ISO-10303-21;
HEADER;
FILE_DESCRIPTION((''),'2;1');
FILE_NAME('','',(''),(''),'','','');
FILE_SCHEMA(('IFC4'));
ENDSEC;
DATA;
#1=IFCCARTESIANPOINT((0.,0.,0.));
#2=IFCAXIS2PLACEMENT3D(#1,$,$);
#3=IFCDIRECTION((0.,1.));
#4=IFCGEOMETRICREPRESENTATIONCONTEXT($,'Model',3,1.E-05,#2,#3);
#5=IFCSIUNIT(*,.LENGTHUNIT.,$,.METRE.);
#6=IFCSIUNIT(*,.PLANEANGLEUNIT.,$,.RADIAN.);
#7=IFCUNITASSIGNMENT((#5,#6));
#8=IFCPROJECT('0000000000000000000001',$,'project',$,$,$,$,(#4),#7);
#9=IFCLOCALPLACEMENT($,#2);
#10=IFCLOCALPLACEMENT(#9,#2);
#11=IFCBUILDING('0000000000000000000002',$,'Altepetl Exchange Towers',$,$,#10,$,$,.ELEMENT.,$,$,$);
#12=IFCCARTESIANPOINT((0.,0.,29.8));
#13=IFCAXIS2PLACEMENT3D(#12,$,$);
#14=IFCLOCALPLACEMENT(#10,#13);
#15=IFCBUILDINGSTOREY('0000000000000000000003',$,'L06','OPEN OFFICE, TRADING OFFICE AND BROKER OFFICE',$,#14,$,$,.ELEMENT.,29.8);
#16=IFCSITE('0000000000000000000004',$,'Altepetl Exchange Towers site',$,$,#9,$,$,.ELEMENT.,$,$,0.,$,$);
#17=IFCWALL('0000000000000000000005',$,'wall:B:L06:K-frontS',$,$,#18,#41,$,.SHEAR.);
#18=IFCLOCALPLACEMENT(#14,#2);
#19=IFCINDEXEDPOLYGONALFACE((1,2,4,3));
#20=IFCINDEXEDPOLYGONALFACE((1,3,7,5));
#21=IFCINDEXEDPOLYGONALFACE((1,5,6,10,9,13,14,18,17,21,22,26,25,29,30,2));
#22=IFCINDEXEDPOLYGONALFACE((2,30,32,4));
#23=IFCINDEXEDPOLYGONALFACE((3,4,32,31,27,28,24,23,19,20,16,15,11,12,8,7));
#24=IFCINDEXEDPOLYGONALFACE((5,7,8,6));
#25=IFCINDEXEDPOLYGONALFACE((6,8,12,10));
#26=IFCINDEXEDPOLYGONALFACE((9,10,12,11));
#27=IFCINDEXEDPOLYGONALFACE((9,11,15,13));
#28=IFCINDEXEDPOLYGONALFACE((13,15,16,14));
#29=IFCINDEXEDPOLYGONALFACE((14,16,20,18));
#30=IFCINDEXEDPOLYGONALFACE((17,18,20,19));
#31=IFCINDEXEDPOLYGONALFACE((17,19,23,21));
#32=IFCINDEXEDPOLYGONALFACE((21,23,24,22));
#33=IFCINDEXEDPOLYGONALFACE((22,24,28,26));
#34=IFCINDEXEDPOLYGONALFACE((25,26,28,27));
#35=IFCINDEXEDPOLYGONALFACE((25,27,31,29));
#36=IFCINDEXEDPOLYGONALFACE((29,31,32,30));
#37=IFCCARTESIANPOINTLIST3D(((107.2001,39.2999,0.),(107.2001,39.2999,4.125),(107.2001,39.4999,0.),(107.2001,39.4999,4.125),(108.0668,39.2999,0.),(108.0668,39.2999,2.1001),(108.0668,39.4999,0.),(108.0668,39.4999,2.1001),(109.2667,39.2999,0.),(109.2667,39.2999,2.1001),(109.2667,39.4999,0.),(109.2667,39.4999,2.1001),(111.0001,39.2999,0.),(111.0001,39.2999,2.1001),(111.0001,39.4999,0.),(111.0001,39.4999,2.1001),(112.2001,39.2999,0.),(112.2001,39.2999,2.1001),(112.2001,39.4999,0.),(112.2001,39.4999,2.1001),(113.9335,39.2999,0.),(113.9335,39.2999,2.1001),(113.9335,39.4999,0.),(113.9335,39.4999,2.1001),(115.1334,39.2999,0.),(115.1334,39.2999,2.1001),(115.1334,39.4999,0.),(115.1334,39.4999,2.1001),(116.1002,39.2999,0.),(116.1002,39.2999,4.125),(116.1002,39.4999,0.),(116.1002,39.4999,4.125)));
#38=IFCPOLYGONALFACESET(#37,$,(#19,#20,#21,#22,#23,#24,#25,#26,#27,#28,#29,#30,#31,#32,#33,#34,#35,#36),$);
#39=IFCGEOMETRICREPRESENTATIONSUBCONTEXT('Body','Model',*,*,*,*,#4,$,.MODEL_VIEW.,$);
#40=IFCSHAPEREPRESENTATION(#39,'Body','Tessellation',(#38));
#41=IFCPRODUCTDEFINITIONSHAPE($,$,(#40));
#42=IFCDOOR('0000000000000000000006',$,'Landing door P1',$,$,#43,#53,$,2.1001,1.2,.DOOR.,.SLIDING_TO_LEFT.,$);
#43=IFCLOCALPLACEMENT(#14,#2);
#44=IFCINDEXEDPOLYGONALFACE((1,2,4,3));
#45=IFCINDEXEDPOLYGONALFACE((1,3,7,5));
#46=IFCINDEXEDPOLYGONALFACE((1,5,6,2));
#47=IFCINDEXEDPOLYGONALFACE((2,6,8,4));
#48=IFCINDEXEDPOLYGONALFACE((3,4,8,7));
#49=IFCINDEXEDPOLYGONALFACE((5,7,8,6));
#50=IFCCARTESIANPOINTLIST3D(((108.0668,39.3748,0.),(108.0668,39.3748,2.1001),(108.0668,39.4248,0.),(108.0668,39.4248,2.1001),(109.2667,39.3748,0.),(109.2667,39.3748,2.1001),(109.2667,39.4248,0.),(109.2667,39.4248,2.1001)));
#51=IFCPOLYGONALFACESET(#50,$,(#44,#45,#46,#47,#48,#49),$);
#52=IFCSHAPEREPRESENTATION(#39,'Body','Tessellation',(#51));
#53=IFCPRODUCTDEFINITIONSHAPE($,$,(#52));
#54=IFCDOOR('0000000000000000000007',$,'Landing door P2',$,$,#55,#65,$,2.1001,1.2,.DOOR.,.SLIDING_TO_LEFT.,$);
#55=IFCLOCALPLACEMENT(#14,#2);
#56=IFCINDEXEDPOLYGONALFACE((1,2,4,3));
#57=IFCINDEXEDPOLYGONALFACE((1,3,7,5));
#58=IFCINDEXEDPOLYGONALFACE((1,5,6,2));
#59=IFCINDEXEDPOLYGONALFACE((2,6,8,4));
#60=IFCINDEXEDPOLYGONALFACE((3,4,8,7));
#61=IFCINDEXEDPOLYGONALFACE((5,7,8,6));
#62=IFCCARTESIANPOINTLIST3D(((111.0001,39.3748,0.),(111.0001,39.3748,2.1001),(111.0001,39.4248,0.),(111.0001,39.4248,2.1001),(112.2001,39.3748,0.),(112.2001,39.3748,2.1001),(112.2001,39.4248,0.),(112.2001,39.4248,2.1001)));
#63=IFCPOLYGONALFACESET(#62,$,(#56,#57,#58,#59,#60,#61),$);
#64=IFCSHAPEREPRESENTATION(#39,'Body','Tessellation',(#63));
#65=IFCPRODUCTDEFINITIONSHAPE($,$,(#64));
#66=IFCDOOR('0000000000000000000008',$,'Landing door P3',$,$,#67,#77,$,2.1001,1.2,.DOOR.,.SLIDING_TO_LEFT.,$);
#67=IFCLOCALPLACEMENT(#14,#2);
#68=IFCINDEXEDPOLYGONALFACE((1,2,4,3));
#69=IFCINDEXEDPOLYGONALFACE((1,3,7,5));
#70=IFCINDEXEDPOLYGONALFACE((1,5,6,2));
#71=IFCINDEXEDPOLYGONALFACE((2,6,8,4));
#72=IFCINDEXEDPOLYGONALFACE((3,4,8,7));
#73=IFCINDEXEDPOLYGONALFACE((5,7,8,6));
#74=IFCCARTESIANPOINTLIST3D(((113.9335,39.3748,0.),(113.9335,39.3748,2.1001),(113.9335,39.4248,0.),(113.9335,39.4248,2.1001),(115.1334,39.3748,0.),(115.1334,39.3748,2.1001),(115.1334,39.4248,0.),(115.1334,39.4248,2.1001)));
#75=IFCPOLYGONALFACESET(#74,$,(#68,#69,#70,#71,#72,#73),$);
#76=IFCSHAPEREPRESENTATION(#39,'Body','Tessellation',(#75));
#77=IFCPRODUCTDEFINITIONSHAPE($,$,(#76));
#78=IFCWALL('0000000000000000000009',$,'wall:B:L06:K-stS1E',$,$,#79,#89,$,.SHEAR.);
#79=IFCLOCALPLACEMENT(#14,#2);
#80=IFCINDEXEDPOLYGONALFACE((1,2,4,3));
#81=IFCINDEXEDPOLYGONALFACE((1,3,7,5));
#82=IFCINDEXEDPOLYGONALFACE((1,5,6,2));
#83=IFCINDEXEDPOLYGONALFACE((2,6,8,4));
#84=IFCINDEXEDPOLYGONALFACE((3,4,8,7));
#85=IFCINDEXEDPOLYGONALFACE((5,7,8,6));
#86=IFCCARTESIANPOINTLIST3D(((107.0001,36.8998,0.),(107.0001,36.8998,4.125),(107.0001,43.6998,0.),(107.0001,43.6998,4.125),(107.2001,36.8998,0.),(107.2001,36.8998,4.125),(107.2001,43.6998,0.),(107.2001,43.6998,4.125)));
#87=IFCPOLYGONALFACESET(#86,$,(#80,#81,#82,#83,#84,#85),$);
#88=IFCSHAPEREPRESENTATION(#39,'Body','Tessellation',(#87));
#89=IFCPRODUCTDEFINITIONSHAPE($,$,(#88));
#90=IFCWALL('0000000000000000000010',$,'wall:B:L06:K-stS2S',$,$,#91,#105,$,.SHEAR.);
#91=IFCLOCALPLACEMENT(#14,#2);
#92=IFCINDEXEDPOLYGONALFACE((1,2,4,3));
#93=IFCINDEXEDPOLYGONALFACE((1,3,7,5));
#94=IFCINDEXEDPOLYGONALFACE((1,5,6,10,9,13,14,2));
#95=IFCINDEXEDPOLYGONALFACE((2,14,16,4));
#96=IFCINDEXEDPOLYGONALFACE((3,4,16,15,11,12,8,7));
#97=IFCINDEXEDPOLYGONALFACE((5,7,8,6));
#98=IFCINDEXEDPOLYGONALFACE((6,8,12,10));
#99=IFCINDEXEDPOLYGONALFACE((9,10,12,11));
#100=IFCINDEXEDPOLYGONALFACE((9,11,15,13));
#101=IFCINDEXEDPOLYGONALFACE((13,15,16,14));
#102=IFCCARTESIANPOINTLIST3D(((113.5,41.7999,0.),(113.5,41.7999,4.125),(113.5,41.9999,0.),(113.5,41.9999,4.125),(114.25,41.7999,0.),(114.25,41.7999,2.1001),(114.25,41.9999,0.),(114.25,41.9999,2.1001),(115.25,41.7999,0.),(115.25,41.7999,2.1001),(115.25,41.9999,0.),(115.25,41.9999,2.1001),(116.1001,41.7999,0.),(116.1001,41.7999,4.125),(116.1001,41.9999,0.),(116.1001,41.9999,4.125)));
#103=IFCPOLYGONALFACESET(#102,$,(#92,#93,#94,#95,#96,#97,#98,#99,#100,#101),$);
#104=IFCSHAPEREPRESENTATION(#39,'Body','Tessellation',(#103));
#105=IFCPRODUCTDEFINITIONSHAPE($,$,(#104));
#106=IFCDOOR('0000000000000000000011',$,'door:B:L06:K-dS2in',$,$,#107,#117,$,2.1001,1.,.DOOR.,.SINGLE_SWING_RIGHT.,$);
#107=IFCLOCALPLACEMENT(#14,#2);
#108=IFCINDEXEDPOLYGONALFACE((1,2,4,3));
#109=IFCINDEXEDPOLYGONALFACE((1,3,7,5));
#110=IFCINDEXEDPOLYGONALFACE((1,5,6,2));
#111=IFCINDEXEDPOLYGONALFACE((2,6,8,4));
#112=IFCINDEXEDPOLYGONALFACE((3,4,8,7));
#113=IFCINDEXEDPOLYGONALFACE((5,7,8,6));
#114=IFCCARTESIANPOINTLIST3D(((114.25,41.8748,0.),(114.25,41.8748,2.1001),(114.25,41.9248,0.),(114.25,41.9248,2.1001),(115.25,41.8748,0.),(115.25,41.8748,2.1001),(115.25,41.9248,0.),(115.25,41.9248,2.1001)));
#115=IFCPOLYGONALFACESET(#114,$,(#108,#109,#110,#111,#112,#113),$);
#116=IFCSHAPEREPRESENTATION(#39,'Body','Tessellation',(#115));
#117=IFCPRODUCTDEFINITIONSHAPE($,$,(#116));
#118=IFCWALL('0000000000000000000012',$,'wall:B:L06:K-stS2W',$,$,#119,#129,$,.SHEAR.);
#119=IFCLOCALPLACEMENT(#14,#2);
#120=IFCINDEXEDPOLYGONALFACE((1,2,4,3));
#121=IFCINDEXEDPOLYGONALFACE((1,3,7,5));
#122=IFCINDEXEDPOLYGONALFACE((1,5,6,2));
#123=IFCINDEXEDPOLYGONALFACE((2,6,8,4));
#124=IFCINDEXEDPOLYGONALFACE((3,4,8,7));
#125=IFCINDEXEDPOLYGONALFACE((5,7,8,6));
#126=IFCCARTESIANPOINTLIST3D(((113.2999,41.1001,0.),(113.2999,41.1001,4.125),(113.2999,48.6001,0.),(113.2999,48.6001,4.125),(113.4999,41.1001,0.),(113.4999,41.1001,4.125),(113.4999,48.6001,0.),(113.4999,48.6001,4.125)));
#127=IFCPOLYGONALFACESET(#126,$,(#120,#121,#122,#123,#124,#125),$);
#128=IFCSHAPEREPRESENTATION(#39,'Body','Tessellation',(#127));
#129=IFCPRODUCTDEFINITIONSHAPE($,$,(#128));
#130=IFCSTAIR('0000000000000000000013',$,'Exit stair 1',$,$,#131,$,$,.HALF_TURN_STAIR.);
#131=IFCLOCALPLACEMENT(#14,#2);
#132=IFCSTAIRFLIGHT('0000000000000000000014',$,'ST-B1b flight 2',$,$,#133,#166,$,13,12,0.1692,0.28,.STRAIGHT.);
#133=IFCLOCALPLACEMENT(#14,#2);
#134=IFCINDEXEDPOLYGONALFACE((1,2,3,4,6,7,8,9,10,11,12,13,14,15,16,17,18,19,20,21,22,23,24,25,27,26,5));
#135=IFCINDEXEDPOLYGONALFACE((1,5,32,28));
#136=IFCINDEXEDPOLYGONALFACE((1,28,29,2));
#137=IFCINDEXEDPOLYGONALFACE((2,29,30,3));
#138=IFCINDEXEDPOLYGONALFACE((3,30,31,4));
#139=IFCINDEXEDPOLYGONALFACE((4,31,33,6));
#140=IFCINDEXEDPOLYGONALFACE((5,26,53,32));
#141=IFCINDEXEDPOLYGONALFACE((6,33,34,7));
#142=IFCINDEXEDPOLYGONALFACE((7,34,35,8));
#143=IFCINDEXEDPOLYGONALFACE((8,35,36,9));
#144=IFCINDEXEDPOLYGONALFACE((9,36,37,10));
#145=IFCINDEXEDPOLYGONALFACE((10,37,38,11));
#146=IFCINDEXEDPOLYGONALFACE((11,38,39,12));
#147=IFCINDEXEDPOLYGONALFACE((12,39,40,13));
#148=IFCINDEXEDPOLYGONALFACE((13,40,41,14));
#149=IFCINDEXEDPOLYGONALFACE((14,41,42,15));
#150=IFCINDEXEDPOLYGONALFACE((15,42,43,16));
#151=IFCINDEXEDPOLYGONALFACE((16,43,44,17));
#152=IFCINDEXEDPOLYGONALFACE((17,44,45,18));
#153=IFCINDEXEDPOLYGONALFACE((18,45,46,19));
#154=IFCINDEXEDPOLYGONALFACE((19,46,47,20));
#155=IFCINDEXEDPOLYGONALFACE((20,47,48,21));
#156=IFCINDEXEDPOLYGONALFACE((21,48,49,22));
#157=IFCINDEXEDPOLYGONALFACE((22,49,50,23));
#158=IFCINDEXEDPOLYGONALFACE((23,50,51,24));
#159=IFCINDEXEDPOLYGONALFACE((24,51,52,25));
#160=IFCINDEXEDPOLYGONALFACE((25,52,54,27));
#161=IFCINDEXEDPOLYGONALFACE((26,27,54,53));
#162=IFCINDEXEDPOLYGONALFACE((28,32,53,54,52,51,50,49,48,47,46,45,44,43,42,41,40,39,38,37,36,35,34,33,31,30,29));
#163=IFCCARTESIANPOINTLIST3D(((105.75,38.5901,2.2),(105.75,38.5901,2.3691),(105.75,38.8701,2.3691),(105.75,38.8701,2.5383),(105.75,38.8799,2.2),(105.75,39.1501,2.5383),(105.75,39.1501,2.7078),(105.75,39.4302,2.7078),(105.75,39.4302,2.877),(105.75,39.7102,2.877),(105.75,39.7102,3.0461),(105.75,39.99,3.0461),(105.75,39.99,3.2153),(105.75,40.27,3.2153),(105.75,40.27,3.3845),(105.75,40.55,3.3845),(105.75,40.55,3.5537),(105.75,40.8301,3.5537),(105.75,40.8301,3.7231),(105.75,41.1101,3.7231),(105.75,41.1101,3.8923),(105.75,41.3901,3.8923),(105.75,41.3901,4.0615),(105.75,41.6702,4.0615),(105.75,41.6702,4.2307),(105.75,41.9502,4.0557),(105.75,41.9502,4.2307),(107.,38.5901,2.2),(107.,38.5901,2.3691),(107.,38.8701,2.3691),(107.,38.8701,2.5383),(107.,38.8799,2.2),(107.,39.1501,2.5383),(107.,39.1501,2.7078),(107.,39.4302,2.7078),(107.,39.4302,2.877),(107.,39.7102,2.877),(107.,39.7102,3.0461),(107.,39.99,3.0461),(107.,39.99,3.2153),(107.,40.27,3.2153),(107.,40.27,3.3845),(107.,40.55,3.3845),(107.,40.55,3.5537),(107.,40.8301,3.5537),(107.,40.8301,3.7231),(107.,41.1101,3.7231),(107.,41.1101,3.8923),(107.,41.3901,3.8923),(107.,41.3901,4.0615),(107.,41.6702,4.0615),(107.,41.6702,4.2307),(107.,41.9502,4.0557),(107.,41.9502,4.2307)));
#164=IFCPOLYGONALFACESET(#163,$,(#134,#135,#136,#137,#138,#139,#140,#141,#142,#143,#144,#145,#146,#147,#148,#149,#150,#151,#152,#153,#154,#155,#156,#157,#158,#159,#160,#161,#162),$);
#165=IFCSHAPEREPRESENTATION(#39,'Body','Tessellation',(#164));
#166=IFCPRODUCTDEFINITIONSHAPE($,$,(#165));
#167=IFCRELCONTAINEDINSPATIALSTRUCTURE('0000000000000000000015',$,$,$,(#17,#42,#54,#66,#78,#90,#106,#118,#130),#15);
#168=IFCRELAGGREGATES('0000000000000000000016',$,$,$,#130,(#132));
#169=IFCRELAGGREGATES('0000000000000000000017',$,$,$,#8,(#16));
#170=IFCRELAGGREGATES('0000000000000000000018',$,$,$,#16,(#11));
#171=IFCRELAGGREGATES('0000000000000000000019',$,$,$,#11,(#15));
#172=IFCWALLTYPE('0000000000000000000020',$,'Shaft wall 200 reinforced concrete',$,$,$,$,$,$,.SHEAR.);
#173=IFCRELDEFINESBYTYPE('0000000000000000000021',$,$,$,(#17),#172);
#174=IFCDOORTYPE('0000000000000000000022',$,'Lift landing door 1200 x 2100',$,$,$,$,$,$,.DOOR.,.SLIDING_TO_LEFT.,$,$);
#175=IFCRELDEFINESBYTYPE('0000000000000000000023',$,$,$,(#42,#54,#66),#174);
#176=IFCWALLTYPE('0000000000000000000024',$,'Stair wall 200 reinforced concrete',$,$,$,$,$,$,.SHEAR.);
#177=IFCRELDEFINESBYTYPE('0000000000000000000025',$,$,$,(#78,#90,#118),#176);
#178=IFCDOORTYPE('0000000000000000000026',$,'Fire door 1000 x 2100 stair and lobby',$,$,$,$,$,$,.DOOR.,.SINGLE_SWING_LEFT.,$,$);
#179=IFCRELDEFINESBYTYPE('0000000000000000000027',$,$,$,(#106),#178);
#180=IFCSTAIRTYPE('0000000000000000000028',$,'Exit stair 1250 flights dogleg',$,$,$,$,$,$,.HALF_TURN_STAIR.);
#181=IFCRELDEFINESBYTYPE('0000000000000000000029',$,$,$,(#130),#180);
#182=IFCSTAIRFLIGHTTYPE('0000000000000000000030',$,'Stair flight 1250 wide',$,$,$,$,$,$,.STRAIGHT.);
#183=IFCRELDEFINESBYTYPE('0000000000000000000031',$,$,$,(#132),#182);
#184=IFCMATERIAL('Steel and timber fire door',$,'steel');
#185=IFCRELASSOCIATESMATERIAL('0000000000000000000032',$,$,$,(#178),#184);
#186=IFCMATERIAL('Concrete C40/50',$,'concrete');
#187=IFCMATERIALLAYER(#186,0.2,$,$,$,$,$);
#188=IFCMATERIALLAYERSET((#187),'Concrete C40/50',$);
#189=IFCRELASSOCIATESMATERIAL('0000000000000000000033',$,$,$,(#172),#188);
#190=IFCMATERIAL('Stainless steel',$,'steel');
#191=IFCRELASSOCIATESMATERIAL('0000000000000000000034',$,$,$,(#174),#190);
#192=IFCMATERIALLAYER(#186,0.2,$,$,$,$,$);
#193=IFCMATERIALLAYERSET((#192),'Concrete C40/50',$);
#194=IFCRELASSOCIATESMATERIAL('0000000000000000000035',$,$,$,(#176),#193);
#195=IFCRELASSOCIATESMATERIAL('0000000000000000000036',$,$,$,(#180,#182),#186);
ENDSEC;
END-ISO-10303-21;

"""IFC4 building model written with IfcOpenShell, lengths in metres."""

from ifc_helpers import new_model, si_unit, direction, frame, frame_2d, origin, place, context, subcontext, project, spatial, polyline, rectangle, outline, extrude, material, layer, layer_set, type_object, element, fill, aggregate, save


model = new_model("IFC4")

# Units and contexts
model_context = context("Model", 3, precision=1e-05, world=origin(), true_north=direction((0.0, 1.0)))
body_context = subcontext(model_context, "Body", "Model", "MODEL_VIEW")
ifc_project = project(units=[si_unit("LENGTHUNIT", "METRE"), si_unit("PLANEANGLEUNIT", "RADIAN")], contexts=[model_context])

# Site, building, storey
site_placement = place(None, origin())
site = spatial("IfcSite", under=ifc_project, at=site_placement, Name="Altepetl Exchange Towers site", CompositionType="ELEMENT", RefElevation=0.0)
building_placement = place(site_placement, origin())
building = spatial("IfcBuilding", under=site, at=building_placement, Name="Altepetl Exchange Towers", CompositionType="ELEMENT")
storey_placement = place(building_placement, frame((0.0, 0.0, 29.8)))
storey = spatial("IfcBuildingStorey", under=building, at=storey_placement, Name="L06", Description="OPEN OFFICE, TRADING OFFICE AND BROKER OFFICE", CompositionType="ELEMENT", Elevation=29.8)

# Shared definitions
ifc_material_1 = material(Name="Steel and timber fire door", Category="steel")
door_type_1 = type_object("IfcDoorType", Name="Fire door 1000 x 2100 stair and lobby", OperationType="SINGLE_SWING_LEFT", PredefinedType="DOOR", material=ifc_material_1)

# Shared definitions
ifc_material_2 = material(Name="Concrete C40/50", Category="concrete")
ifc_layer_1 = layer(ifc_material_2, 0.2)
ifc_layer_set_1 = layer_set([ifc_layer_1], Name="Concrete C40/50")
wall_type_1 = type_object("IfcWallType", Name="Shaft wall 200 reinforced concrete", PredefinedType="SHEAR", material=ifc_layer_set_1)

# Wall, openings, doors
wall_1_placement = place(storey_placement, frame((107.2, 39.3999, 0.0)))
wall_1 = element("IfcWall", 1, at=wall_1_placement, inside=storey, type_object=wall_type_1, Name="wall:B:L06:K-frontS", PredefinedType="SHEAR", context=body_context, shape_type="SweptSolid", body=[
    extrude(rectangle(XDim=8.9001, YDim=0.2, at=frame_2d((4.4502, 0.0))), origin(), (0.0, 0.0, 1.0), 4.125),
])
opening_1_placement = place(wall_1_placement, frame((0.8667, 0.0, 0.0)))
opening_1 = element("IfcOpeningElement", 2, at=opening_1_placement, cuts=wall_1, PredefinedType="OPENING", context=body_context, shape_type="SweptSolid", body=[
    extrude(rectangle(XDim=1.2, YDim=2.1001, at=frame_2d((0.6001, 1.05))), frame((0.0, 0.1099, 0.0), z_axis=(0.0, -1.0, 0.0), x_axis=(1.0, 0.0, 0.0)), (0.0, 0.0, 1.0), 0.22),
])
opening_2_placement = place(wall_1_placement, frame((3.8, 0.0, 0.0)))
opening_2 = element("IfcOpeningElement", 3, at=opening_2_placement, cuts=wall_1, PredefinedType="OPENING", context=body_context, shape_type="SweptSolid", body=[
    extrude(rectangle(XDim=1.2, YDim=2.1001, at=frame_2d((0.6001, 1.05))), frame((0.0, 0.1099, 0.0), z_axis=(0.0, -1.0, 0.0), x_axis=(1.0, 0.0, 0.0)), (0.0, 0.0, 1.0), 0.22),
])
opening_3_placement = place(wall_1_placement, frame((6.7334, 0.0, 0.0)))
opening_3 = element("IfcOpeningElement", 4, at=opening_3_placement, cuts=wall_1, PredefinedType="OPENING", context=body_context, shape_type="SweptSolid", body=[
    extrude(rectangle(XDim=1.2, YDim=2.1001, at=frame_2d((0.6001, 1.05))), frame((0.0, 0.1099, 0.0), z_axis=(0.0, -1.0, 0.0), x_axis=(1.0, 0.0, 0.0)), (0.0, 0.0, 1.0), 0.22),
])
ifc_material_3 = material(Name="Stainless steel", Category="steel")
door_type_2 = type_object("IfcDoorType", Name="Lift landing door 1200 x 2100", OperationType="SLIDING_TO_LEFT", PredefinedType="DOOR", material=ifc_material_3)
door_1_placement = place(opening_1_placement, origin())
door_1 = element("IfcDoor", 5, at=door_1_placement, inside=storey, type_object=door_type_2, Name="Landing door P1", OperationType="SLIDING_TO_LEFT", OverallHeight=2.1001, OverallWidth=1.2, PredefinedType="DOOR", context=body_context, shape_type="SweptSolid", body=[
    extrude(rectangle(XDim=1.2, YDim=2.1001, at=frame_2d((0.6001, 1.05))), frame((0.0, 0.0249, 0.0), z_axis=(0.0, -1.0, 0.0), x_axis=(1.0, 0.0, 0.0)), (0.0, 0.0, 1.0), 0.05),
])
fill(opening_1, door_1)
door_2_placement = place(opening_2_placement, origin())
door_2 = element("IfcDoor", 6, at=door_2_placement, inside=storey, type_object=door_type_2, Name="Landing door P2", OperationType="SLIDING_TO_LEFT", OverallHeight=2.1001, OverallWidth=1.2, PredefinedType="DOOR", context=body_context, shape_type="SweptSolid", body=[
    extrude(rectangle(XDim=1.2, YDim=2.1001, at=frame_2d((0.6001, 1.05))), frame((0.0, 0.0249, 0.0), z_axis=(0.0, -1.0, 0.0), x_axis=(1.0, 0.0, 0.0)), (0.0, 0.0, 1.0), 0.05),
])
fill(opening_2, door_2)
door_3_placement = place(opening_3_placement, origin())
door_3 = element("IfcDoor", 7, at=door_3_placement, inside=storey, type_object=door_type_2, Name="Landing door P3", OperationType="SLIDING_TO_LEFT", OverallHeight=2.1001, OverallWidth=1.2, PredefinedType="DOOR", context=body_context, shape_type="SweptSolid", body=[
    extrude(rectangle(XDim=1.2, YDim=2.1001, at=frame_2d((0.6001, 1.05))), frame((0.0, 0.0249, 0.0), z_axis=(0.0, -1.0, 0.0), x_axis=(1.0, 0.0, 0.0)), (0.0, 0.0, 1.0), 0.05),
])
fill(opening_3, door_3)

# Wall
ifc_layer_2 = layer(ifc_material_2, 0.2)
ifc_layer_set_2 = layer_set([ifc_layer_2], Name="Concrete C40/50")
wall_type_2 = type_object("IfcWallType", Name="Stair wall 200 reinforced concrete", PredefinedType="SHEAR", material=ifc_layer_set_2)
wall_2_placement = place(storey_placement, frame((107.1001, 36.8999, 0.0), z_axis=(0.0, 0.0, 1.0), x_axis=(0.0, 1.0, 0.0)))
element("IfcWall", 8, at=wall_2_placement, inside=storey, type_object=wall_type_2, Name="wall:B:L06:K-stS1E", PredefinedType="SHEAR", context=body_context, shape_type="SweptSolid", body=[
    extrude(rectangle(XDim=6.8, YDim=0.2, at=frame_2d((3.3999, 0.0))), origin(), (0.0, 0.0, 1.0), 4.125),
])

# Wall, opening, door
wall_3_placement = place(storey_placement, frame((113.5, 41.8999, 0.0)))
wall_3 = element("IfcWall", 9, at=wall_3_placement, inside=storey, type_object=wall_type_2, Name="wall:B:L06:K-stS2S", PredefinedType="SHEAR", context=body_context, shape_type="SweptSolid", body=[
    extrude(rectangle(XDim=2.6001, YDim=0.2, at=frame_2d((1.3, 0.0))), origin(), (0.0, 0.0, 1.0), 4.125),
])
opening_4_placement = place(wall_3_placement, frame((0.75, 0.0, 0.0)))
opening_4 = element("IfcOpeningElement", 10, at=opening_4_placement, cuts=wall_3, PredefinedType="OPENING", context=body_context, shape_type="SweptSolid", body=[
    extrude(rectangle(XDim=1.0, YDim=2.1001, at=frame_2d((0.5, 1.05))), frame((0.0, 0.1099, 0.0), z_axis=(0.0, -1.0, 0.0), x_axis=(1.0, 0.0, 0.0)), (0.0, 0.0, 1.0), 0.22),
])
door_4_placement = place(opening_4_placement, origin())
door_4 = element("IfcDoor", 11, at=door_4_placement, inside=storey, type_object=door_type_1, Name="door:B:L06:K-dS2in", OperationType="SINGLE_SWING_RIGHT", OverallHeight=2.1001, OverallWidth=1.0, PredefinedType="DOOR", context=body_context, shape_type="SweptSolid", body=[
    extrude(rectangle(XDim=1.0, YDim=2.1001, at=frame_2d((0.5, 1.05))), frame((0.0, 0.0249, 0.0), z_axis=(0.0, -1.0, 0.0), x_axis=(1.0, 0.0, 0.0)), (0.0, 0.0, 1.0), 0.05),
])
fill(opening_4, door_4)

# Wall
wall_4_placement = place(storey_placement, frame((113.3999, 41.1001, 0.0), z_axis=(0.0, 0.0, 1.0), x_axis=(0.0, 1.0, 0.0)))
element("IfcWall", 12, at=wall_4_placement, inside=storey, type_object=wall_type_2, Name="wall:B:L06:K-stS2W", PredefinedType="SHEAR", context=body_context, shape_type="SweptSolid", body=[
    extrude(rectangle(XDim=7.5, YDim=0.2, at=frame_2d((3.75, 0.0))), origin(), (0.0, 0.0, 1.0), 4.125),
])

# Stair, stair flight
stair_type = type_object("IfcStairType", Name="Exit stair 1250 flights dogleg", PredefinedType="HALF_TURN_STAIR", material=ifc_material_2)
stair_placement = place(storey_placement, origin())
stair = element("IfcStair", 13, at=stair_placement, inside=storey, type_object=stair_type, Name="Exit stair 1", PredefinedType="HALF_TURN_STAIR")
stair_flight_type = type_object("IfcStairFlightType", Name="Stair flight 1250 wide", PredefinedType="STRAIGHT", material=ifc_material_2)
stair_flight_placement = place(storey_placement, frame((106.375, 38.5901, 2.2), z_axis=(0.0, 0.0, 1.0), x_axis=(0.0, 1.0, 0.0)))
stair_flight = element("IfcStairFlight", 14, at=stair_flight_placement, type_object=stair_flight_type, Name="ST-B1b flight 2", NumberOfRisers=13, NumberOfTreads=12, PredefinedType="STRAIGHT", RiserHeight=0.1692, TreadLength=0.28, context=body_context, shape_type="SweptSolid", body=[
    extrude(outline(polyline([(0.0, 0.0), (0.0, 0.1692), (0.28, 0.1692), (0.28, 0.3384), (0.5601, 0.3384), (0.5601, 0.5078), (0.8401, 0.5078), (0.8401, 0.677), (1.1201, 0.677), (1.1201, 0.8462), (1.3999, 0.8462), (1.3999, 1.0154), (1.6799, 1.0154), (1.6799, 1.1846), (1.96, 1.1846), (1.96, 1.3538), (2.24, 1.3538), (2.24, 1.5232), (2.52, 1.5232), (2.52, 1.6924), (2.8, 1.6924), (2.8, 1.8616), (3.0801, 1.8616), (3.0801, 2.0308), (3.3601, 2.0308), (3.3601, 2.2), (3.3601, 1.8557), (0.2898, 0.0), (0.0, 0.0)])), frame((0.0, 0.625, 0.0), z_axis=(0.0, -1.0, 0.0), x_axis=(1.0, 0.0, 0.0)), (0.0, 0.0, 1.0), 1.25),
])
aggregate(stair, [stair_flight])

save(model, "model.ifc")
